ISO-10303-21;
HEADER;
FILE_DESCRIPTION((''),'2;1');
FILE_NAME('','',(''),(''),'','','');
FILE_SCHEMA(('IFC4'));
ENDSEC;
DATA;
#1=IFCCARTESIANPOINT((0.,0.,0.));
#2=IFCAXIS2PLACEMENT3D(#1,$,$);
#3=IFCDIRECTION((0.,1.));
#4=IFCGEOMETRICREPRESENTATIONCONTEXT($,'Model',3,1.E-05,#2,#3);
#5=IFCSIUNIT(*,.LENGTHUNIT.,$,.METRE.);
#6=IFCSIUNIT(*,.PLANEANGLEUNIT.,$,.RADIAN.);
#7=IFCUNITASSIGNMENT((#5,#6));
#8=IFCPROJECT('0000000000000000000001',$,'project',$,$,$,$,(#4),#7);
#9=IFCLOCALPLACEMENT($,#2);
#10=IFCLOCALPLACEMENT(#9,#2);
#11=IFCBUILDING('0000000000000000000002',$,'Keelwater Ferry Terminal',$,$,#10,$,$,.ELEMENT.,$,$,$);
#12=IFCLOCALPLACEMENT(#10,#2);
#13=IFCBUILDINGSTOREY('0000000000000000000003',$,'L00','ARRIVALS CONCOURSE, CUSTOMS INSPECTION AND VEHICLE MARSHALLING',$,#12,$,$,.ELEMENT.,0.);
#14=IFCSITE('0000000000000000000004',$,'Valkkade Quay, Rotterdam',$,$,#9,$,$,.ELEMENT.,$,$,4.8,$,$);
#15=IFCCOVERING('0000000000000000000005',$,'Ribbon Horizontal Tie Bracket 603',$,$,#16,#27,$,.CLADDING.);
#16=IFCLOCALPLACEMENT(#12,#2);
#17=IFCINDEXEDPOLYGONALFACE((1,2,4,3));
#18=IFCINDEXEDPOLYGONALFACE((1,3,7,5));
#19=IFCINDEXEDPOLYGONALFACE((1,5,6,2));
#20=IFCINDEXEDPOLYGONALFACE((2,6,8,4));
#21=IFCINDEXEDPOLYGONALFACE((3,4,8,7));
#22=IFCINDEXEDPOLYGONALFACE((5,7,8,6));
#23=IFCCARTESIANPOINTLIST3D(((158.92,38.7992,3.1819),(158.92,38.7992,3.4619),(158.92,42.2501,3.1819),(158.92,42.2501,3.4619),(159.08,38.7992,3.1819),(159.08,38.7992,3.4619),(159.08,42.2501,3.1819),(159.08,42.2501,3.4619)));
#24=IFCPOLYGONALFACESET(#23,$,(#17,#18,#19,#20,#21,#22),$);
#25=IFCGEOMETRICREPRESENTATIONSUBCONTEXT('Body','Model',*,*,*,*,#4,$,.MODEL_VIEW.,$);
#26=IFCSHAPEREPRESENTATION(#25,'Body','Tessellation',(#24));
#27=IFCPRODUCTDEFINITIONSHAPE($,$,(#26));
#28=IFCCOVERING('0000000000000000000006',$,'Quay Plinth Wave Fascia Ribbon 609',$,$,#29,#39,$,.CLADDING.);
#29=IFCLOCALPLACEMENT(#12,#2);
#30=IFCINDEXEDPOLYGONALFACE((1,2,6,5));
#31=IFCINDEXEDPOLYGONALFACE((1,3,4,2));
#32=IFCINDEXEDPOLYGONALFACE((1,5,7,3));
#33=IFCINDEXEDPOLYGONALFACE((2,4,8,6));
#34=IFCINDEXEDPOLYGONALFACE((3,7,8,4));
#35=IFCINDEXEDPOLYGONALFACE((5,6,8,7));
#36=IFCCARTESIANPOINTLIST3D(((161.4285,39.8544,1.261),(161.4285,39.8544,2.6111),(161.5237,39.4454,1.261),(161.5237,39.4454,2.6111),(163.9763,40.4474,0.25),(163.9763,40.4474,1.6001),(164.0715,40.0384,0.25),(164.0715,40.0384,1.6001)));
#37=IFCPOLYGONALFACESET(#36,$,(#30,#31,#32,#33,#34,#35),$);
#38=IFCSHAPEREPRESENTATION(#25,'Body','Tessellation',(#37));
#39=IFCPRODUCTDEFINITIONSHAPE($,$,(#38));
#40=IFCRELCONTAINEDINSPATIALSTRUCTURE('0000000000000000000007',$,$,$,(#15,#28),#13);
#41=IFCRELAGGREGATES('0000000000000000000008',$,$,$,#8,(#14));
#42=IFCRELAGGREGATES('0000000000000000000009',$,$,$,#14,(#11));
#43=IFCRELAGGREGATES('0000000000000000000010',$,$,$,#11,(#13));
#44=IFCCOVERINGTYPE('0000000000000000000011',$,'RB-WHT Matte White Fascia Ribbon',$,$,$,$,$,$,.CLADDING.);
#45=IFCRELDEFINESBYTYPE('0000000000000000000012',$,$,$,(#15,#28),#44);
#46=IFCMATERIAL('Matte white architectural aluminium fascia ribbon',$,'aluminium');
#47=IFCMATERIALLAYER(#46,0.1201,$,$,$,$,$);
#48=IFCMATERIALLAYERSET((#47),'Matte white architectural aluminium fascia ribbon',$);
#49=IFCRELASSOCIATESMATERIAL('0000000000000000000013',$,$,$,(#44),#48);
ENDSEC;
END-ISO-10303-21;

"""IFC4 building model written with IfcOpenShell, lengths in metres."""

from ifc_helpers import new_model, si_unit, direction, frame, frame_2d, origin, place, context, subcontext, project, spatial, polyline, rectangle, outline, extrude, material, layer, layer_set, type_object, element, save


model = new_model("IFC4")

# Units and contexts
model_context = context("Model", 3, precision=1e-05, world=origin(), true_north=direction((0.0, 1.0)))
body_context = subcontext(model_context, "Body", "Model", "MODEL_VIEW")
ifc_project = project(units=[si_unit("LENGTHUNIT", "METRE"), si_unit("PLANEANGLEUNIT", "RADIAN")], contexts=[model_context])

# Site, building, storey
site_placement = place(None, origin())
site = spatial("IfcSite", under=ifc_project, at=site_placement, Name="Valkkade Quay, Rotterdam", CompositionType="ELEMENT", RefElevation=4.8)
building_placement = place(site_placement, origin())
building = spatial("IfcBuilding", under=site, at=building_placement, Name="Keelwater Ferry Terminal", CompositionType="ELEMENT")
storey_placement = place(building_placement, origin())
storey = spatial("IfcBuildingStorey", under=building, at=storey_placement, Name="L00", Description="ARRIVALS CONCOURSE, CUSTOMS INSPECTION AND VEHICLE MARSHALLING", CompositionType="ELEMENT", Elevation=0.0)

# Coverings
ifc_material_1 = material(Name="Matte white architectural aluminium fascia ribbon", Category="aluminium")
ifc_layer_1 = layer(ifc_material_1, 0.1201)
ifc_layer_set_1 = layer_set([ifc_layer_1], Name="Matte white architectural aluminium fascia ribbon")
covering_type = type_object("IfcCoveringType", Name="RB-WHT Matte White Fascia Ribbon", PredefinedType="CLADDING", material=ifc_layer_set_1)
covering_1_placement = place(storey_placement, frame((159.0, 38.7991, 3.1819), z_axis=(0.0, 0.0, 1.0), x_axis=(0.0, 1.0, 0.0)))
element("IfcCovering", 1, at=covering_1_placement, inside=storey, type_object=covering_type, Name="Ribbon Horizontal Tie Bracket 603", PredefinedType="CLADDING", context=body_context, shape_type="SweptSolid", body=[
    extrude(rectangle(XDim=3.4509, YDim=0.1599, at=frame_2d((1.7256, 0.0))), origin(), (0.0, 0.0, 1.0), 0.28),
])
covering_2_placement = place(storey_placement, frame((161.4761, 39.6499, 0.25), z_axis=(0.0, 0.0, 1.0), x_axis=(0.973966, 0.226693, 0.0)))
element("IfcCovering", 2, at=covering_2_placement, inside=storey, type_object=covering_type, Name="Quay Plinth Wave Fascia Ribbon 609", PredefinedType="CLADDING", context=body_context, shape_type="SweptSolid", body=[
    extrude(outline(polyline([(0.0, 1.011), (2.616, 0.0), (2.616, 1.3501), (0.0, 2.3611), (0.0, 1.011)])), frame((0.0, 0.21, 0.0), z_axis=(0.0, -1.0, 0.0), x_axis=(1.0, 0.0, 0.0)), (0.0, 0.0, 1.0), 0.4199),
])

save(model, "model.ifc")
